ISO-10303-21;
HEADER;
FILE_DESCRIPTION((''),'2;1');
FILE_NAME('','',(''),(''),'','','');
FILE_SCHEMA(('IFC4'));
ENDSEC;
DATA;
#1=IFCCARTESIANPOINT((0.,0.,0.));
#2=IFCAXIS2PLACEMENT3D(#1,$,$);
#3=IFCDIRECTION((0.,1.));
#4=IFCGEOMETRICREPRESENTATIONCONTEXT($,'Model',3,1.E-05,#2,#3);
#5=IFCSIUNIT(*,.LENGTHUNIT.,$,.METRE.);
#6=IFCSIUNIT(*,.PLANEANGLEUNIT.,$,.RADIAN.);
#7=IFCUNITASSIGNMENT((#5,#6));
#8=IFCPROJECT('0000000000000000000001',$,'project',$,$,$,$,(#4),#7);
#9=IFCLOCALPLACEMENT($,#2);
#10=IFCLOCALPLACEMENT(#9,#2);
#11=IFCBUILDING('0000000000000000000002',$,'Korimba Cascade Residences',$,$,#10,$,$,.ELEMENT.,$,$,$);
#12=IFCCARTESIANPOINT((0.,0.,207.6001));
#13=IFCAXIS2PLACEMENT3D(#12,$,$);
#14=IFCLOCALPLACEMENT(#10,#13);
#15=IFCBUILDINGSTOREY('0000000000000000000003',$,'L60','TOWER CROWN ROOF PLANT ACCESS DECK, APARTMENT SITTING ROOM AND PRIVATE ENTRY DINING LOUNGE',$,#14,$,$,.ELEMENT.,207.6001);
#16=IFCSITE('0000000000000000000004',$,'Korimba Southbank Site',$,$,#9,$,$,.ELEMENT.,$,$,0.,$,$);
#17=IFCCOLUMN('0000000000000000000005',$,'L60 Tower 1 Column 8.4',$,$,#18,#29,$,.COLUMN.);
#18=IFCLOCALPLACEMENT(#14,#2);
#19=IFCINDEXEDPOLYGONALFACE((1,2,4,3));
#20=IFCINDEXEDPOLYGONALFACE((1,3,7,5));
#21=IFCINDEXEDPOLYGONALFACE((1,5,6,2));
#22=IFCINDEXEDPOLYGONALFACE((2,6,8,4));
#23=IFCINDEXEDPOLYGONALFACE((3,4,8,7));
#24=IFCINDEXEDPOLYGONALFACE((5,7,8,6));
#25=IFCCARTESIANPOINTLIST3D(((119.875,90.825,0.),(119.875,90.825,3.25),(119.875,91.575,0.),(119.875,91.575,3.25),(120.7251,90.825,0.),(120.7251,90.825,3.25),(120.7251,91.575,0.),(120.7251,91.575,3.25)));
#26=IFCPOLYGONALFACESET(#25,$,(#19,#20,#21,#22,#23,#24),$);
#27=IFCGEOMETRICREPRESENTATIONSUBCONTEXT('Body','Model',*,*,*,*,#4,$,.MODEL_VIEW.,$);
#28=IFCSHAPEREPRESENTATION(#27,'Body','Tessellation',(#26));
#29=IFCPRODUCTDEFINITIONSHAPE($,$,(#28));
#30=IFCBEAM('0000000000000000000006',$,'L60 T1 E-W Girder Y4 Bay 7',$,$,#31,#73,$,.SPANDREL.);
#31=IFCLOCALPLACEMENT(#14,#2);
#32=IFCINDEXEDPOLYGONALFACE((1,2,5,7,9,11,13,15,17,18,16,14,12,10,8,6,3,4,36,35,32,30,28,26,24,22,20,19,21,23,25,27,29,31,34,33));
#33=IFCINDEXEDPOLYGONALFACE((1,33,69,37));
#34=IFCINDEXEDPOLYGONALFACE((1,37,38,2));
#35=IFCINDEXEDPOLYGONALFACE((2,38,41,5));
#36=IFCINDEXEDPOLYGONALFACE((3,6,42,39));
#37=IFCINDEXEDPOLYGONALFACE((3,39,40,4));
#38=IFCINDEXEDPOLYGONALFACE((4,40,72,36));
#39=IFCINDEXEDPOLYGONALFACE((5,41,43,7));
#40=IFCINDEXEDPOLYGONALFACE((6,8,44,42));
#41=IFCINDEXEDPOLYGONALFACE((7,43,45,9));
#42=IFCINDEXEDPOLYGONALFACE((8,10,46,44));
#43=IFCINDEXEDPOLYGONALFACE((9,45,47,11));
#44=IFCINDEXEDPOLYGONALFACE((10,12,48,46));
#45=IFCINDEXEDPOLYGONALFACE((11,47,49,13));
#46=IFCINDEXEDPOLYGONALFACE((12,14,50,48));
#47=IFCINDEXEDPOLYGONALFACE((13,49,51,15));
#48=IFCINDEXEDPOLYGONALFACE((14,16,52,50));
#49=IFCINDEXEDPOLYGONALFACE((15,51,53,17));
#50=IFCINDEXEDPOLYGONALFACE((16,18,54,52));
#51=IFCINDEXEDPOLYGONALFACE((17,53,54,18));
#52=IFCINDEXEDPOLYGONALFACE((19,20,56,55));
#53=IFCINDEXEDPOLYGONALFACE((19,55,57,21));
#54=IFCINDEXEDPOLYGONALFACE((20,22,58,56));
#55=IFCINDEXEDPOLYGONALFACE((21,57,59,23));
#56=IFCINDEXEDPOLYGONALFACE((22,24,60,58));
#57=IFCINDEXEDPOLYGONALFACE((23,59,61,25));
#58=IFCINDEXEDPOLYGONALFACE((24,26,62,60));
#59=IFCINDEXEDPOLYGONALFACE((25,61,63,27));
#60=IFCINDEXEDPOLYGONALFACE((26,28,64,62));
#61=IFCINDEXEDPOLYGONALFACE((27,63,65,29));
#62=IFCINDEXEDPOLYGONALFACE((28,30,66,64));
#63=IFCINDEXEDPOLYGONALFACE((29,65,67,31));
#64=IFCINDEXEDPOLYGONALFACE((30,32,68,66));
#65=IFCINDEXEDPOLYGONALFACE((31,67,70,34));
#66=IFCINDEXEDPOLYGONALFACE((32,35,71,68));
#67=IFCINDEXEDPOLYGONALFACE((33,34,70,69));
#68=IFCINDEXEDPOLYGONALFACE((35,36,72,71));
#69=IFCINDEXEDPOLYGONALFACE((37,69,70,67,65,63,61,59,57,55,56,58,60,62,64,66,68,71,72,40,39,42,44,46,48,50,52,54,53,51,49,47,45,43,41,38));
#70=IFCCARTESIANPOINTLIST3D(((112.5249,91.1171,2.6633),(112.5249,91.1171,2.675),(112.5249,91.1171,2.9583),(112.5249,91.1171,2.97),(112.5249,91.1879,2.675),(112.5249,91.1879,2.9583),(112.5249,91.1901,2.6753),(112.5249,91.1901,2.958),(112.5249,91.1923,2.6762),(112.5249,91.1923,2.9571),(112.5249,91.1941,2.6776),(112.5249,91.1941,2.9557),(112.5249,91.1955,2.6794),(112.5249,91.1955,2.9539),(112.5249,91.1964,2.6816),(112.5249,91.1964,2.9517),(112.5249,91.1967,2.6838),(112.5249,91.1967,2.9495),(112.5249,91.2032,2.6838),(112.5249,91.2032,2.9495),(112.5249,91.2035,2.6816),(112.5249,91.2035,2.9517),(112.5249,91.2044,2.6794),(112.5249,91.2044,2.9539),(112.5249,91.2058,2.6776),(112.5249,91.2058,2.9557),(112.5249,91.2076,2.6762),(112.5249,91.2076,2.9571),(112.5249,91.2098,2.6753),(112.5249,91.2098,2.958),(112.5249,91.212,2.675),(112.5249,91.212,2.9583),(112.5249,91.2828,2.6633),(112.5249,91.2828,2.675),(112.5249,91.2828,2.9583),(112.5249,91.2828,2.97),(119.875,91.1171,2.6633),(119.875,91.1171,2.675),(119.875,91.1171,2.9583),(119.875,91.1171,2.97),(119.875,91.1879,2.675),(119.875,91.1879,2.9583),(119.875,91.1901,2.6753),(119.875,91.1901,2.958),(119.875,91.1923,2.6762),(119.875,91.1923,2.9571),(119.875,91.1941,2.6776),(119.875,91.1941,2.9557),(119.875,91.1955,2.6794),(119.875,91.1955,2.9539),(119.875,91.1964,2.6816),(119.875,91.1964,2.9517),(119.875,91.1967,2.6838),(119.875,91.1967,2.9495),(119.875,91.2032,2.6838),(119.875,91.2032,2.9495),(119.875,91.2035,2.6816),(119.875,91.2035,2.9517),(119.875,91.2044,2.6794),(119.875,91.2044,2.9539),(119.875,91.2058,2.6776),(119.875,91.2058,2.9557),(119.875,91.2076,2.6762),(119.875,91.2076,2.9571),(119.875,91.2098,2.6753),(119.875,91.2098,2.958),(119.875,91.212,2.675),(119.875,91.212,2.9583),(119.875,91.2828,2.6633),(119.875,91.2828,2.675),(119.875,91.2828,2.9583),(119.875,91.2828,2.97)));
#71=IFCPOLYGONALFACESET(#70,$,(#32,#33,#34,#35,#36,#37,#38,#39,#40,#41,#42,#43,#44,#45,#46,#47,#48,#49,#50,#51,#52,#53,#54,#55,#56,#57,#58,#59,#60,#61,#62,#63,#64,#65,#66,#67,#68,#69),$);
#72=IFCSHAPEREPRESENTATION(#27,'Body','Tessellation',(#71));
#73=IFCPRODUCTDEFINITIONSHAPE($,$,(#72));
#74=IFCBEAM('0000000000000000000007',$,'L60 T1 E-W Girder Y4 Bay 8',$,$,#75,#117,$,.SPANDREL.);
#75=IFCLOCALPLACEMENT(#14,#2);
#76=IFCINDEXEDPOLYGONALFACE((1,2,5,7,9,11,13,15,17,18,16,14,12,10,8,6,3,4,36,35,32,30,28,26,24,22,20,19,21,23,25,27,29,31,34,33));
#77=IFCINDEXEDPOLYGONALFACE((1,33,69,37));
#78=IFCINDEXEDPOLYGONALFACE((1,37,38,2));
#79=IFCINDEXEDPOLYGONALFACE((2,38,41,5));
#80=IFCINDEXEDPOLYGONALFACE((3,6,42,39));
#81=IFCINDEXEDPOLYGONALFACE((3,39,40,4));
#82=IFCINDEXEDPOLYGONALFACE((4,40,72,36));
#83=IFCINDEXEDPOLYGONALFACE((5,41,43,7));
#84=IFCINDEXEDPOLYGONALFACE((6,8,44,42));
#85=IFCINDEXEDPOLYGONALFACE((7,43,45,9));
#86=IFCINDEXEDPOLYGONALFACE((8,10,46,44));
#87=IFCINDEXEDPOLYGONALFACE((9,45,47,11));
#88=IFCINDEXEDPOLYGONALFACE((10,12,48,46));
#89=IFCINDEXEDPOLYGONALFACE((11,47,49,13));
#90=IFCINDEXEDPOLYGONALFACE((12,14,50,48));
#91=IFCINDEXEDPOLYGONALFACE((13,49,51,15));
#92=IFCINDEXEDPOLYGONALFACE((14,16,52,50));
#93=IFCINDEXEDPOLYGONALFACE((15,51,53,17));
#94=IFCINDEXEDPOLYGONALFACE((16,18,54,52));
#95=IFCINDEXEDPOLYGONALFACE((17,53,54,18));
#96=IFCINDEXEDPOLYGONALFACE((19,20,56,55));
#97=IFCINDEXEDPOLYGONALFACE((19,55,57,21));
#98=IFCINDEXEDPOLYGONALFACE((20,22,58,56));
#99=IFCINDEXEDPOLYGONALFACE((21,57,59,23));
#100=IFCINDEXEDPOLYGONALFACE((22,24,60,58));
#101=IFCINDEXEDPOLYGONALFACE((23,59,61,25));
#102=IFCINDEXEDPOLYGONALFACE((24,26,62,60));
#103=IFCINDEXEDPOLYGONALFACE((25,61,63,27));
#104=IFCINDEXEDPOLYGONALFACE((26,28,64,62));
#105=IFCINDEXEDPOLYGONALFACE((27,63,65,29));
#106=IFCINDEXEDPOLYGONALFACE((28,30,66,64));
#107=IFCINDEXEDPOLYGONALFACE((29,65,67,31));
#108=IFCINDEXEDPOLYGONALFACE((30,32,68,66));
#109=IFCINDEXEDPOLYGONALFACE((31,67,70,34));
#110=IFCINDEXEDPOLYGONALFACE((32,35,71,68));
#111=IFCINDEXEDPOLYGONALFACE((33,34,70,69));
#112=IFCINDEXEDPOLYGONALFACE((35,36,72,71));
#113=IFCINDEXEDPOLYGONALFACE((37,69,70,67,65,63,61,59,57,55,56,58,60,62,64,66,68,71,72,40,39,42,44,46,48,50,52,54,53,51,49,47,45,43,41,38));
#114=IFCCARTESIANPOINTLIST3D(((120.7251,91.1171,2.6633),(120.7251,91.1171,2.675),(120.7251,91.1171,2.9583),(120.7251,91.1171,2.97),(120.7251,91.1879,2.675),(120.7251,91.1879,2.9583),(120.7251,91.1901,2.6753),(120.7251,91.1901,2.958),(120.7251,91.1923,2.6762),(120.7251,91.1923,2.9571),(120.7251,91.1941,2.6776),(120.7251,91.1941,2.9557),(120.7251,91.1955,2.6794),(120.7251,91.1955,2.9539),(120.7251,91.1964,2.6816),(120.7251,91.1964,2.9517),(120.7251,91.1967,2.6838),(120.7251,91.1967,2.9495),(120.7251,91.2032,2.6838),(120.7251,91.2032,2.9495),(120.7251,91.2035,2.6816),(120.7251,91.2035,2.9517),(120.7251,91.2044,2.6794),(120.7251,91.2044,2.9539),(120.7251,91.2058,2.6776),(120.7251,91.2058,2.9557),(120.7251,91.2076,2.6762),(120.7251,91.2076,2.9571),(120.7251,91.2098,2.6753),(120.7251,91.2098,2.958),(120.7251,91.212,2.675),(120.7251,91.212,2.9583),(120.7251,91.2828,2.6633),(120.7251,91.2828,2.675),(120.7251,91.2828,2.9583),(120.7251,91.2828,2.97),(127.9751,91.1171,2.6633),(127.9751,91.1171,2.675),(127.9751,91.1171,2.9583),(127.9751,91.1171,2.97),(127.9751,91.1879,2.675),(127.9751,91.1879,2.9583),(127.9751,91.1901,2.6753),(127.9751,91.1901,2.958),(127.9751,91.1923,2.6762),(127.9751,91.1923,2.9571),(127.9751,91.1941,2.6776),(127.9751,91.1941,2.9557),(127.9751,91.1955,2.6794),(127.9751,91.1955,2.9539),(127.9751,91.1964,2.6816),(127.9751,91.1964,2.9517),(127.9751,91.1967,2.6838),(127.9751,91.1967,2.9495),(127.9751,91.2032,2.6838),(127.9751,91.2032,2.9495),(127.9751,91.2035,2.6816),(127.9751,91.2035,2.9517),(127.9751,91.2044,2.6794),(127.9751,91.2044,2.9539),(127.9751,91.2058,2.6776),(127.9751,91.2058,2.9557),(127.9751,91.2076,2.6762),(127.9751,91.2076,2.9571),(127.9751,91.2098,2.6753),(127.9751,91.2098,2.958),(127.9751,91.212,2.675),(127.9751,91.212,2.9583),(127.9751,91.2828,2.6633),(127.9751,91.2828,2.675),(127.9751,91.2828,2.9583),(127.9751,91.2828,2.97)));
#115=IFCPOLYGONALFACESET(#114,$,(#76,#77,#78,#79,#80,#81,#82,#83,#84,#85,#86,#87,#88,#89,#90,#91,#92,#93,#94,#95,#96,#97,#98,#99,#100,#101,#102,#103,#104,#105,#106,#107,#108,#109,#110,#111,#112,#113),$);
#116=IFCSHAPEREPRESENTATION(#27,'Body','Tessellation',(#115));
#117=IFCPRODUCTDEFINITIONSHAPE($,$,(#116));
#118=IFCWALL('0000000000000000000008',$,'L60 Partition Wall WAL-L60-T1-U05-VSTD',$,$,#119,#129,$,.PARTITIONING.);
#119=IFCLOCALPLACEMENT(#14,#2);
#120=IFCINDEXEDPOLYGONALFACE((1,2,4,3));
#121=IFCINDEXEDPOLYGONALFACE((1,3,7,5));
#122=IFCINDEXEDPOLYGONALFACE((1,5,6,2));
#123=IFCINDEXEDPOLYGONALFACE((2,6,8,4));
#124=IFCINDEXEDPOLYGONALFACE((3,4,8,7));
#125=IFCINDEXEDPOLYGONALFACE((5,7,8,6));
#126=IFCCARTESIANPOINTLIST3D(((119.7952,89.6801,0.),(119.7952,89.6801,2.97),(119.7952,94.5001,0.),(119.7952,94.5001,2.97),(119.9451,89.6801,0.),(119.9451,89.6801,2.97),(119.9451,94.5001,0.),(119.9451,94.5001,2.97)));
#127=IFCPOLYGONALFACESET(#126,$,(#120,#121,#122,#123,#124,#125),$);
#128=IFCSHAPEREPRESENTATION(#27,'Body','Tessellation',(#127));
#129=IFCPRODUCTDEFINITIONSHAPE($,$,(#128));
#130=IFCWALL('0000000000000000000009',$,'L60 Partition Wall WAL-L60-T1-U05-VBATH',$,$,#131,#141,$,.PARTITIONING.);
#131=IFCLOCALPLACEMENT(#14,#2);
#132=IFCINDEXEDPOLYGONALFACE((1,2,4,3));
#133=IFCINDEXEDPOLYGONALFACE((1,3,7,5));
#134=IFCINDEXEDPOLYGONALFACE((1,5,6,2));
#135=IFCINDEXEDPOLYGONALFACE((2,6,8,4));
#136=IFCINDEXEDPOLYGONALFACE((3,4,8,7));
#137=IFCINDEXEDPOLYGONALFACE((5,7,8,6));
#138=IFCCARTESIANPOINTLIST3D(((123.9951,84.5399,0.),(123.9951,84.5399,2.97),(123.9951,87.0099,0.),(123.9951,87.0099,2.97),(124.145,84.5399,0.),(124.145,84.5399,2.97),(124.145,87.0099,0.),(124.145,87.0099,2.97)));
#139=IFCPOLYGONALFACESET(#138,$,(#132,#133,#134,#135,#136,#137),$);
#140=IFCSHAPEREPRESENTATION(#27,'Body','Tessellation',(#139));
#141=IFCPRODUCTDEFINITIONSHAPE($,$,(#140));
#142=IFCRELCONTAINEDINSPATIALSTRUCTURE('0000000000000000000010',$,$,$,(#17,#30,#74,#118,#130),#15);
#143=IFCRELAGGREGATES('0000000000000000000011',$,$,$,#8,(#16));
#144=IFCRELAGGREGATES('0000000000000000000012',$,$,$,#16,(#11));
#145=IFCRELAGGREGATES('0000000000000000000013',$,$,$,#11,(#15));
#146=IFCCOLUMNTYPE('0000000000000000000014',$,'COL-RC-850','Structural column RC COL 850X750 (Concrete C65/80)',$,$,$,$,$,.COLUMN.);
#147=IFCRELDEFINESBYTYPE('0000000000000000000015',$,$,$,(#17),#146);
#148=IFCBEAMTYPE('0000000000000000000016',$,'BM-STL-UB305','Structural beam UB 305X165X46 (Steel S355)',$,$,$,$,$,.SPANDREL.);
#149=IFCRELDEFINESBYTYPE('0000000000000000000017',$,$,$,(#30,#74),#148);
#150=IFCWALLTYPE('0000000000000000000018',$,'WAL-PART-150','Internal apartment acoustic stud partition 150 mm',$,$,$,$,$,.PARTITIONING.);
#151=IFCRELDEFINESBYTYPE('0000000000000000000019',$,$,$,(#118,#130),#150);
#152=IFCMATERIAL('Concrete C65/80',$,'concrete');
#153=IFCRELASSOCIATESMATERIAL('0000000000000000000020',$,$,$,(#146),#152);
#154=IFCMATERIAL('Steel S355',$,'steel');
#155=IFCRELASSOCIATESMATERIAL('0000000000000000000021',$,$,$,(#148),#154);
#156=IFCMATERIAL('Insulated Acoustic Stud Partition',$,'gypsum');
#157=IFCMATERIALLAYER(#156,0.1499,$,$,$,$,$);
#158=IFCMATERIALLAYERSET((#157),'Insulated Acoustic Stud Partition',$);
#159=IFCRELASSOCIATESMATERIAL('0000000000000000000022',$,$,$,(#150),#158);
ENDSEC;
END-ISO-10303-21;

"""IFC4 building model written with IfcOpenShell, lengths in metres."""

from ifc_helpers import new_model, si_unit, direction, frame, frame_2d, origin, origin_2d, place, context, subcontext, project, spatial, rectangle, i_section, extrude, material, layer, layer_set, material_profile, profile_set, type_object, element, save


model = new_model("IFC4")

# Units and contexts
model_context = context("Model", 3, precision=1e-05, world=origin(), true_north=direction((0.0, 1.0)))
body_context = subcontext(model_context, "Body", "Model", "MODEL_VIEW")
ifc_project = project(units=[si_unit("LENGTHUNIT", "METRE"), si_unit("PLANEANGLEUNIT", "RADIAN")], contexts=[model_context])

# Site, building, storey
site_placement = place(None, origin())
site = spatial("IfcSite", under=ifc_project, at=site_placement, Name="Korimba Southbank Site", CompositionType="ELEMENT", RefElevation=0.0)
building_placement = place(site_placement, origin())
building = spatial("IfcBuilding", under=site, at=building_placement, Name="Korimba Cascade Residences", CompositionType="ELEMENT")
storey_placement = place(building_placement, frame((0.0, 0.0, 207.6001)))
storey = spatial("IfcBuildingStorey", under=building, at=storey_placement, Name="L60", Description="TOWER CROWN ROOF PLANT ACCESS DECK, APARTMENT SITTING ROOM AND PRIVATE ENTRY DINING LOUNGE", CompositionType="ELEMENT", Elevation=207.6001)

# Column
ifc_material_1 = material(Name="Concrete C65/80", Category="concrete")
ifc_material_profile_1 = material_profile(ifc_material_1, rectangle(XDim=0.8501, YDim=0.75, at=origin_2d()), Name="Concrete C65/80")
ifc_profile_set_1 = profile_set([ifc_material_profile_1], Name="Concrete C65/80")
column_type = type_object("IfcColumnType", Name="COL-RC-850", Description="Structural column RC COL 850X750 (Concrete C65/80)", PredefinedType="COLUMN", material=ifc_profile_set_1)
column_placement = place(storey_placement, frame((120.3, 91.2, 0.0), z_axis=(0.0, 0.0, 1.0), x_axis=(1.0, 0.0, 0.0)))
element("IfcColumn", 1, at=column_placement, inside=storey, type_object=column_type, Name="L60 Tower 1 Column 8.4", PredefinedType="COLUMN", context=body_context, shape_type="SweptSolid", body=[
    extrude(rectangle(XDim=0.8501, YDim=0.75, at=origin_2d()), origin(), (0.0, 0.0, 1.0), 3.25),
])

# Beams
ifc_material_2 = material(Name="Steel S355", Category="steel")
ifc_material_profile_2 = material_profile(ifc_material_2, i_section(OverallWidth=0.1658, OverallDepth=0.3066, WebThickness=0.0066, FlangeThickness=0.0117, FilletRadius=0.0088, at=origin_2d()), Name="Steel S355")
ifc_profile_set_2 = profile_set([ifc_material_profile_2], Name="Steel S355")
beam_type = type_object("IfcBeamType", Name="BM-STL-UB305", Description="Structural beam UB 305X165X46 (Steel S355)", PredefinedType="SPANDREL", material=ifc_profile_set_2)
beam_1_placement = place(storey_placement, frame((112.5249, 91.2, 2.8167), z_axis=(1.0, 0.0, 0.0), x_axis=(0.0, 1.0, 0.0)))
element("IfcBeam", 2, at=beam_1_placement, inside=storey, type_object=beam_type, Name="L60 T1 E-W Girder Y4 Bay 7", PredefinedType="SPANDREL", context=body_context, shape_type="SweptSolid", body=[
    extrude(i_section(OverallWidth=0.1658, OverallDepth=0.3066, WebThickness=0.0066, FlangeThickness=0.0117, FilletRadius=0.0088, at=origin_2d()), origin(), (0.0, 0.0, 1.0), 7.3501),
])
beam_2_placement = place(storey_placement, frame((120.7251, 91.2, 2.8167), z_axis=(1.0, 0.0, 0.0), x_axis=(0.0, 1.0, 0.0)))
element("IfcBeam", 3, at=beam_2_placement, inside=storey, type_object=beam_type, Name="L60 T1 E-W Girder Y4 Bay 8", PredefinedType="SPANDREL", context=body_context, shape_type="SweptSolid", body=[
    extrude(i_section(OverallWidth=0.1658, OverallDepth=0.3066, WebThickness=0.0066, FlangeThickness=0.0117, FilletRadius=0.0088, at=origin_2d()), origin(), (0.0, 0.0, 1.0), 7.25),
])

# Walls
ifc_material_3 = material(Name="Insulated Acoustic Stud Partition", Category="gypsum")
ifc_layer = layer(ifc_material_3, 0.1499)
ifc_layer_set = layer_set([ifc_layer], Name="Insulated Acoustic Stud Partition")
wall_type = type_object("IfcWallType", Name="WAL-PART-150", Description="Internal apartment acoustic stud partition 150 mm", PredefinedType="PARTITIONING", material=ifc_layer_set)
wall_1_placement = place(storey_placement, frame((119.8701, 89.6799, 0.0), z_axis=(0.0, 0.0, 1.0), x_axis=(0.0, 1.0, 0.0)))
element("IfcWall", 4, at=wall_1_placement, inside=storey, type_object=wall_type, Name="L60 Partition Wall WAL-L60-T1-U05-VSTD", PredefinedType="PARTITIONING", context=body_context, shape_type="SweptSolid", body=[
    extrude(rectangle(XDim=4.8201, YDim=0.1499, at=frame_2d((2.4102, 0.0))), origin(), (0.0, 0.0, 1.0), 2.97),
])
wall_2_placement = place(storey_placement, frame((124.0701, 84.54, 0.0), z_axis=(0.0, 0.0, 1.0), x_axis=(0.0, 1.0, 0.0)))
element("IfcWall", 5, at=wall_2_placement, inside=storey, type_object=wall_type, Name="L60 Partition Wall WAL-L60-T1-U05-VBATH", PredefinedType="PARTITIONING", context=body_context, shape_type="SweptSolid", body=[
    extrude(rectangle(XDim=2.47, YDim=0.1499, at=frame_2d((1.2349, 0.0))), origin(), (0.0, 0.0, 1.0), 2.97),
])

save(model, "model.ifc")
